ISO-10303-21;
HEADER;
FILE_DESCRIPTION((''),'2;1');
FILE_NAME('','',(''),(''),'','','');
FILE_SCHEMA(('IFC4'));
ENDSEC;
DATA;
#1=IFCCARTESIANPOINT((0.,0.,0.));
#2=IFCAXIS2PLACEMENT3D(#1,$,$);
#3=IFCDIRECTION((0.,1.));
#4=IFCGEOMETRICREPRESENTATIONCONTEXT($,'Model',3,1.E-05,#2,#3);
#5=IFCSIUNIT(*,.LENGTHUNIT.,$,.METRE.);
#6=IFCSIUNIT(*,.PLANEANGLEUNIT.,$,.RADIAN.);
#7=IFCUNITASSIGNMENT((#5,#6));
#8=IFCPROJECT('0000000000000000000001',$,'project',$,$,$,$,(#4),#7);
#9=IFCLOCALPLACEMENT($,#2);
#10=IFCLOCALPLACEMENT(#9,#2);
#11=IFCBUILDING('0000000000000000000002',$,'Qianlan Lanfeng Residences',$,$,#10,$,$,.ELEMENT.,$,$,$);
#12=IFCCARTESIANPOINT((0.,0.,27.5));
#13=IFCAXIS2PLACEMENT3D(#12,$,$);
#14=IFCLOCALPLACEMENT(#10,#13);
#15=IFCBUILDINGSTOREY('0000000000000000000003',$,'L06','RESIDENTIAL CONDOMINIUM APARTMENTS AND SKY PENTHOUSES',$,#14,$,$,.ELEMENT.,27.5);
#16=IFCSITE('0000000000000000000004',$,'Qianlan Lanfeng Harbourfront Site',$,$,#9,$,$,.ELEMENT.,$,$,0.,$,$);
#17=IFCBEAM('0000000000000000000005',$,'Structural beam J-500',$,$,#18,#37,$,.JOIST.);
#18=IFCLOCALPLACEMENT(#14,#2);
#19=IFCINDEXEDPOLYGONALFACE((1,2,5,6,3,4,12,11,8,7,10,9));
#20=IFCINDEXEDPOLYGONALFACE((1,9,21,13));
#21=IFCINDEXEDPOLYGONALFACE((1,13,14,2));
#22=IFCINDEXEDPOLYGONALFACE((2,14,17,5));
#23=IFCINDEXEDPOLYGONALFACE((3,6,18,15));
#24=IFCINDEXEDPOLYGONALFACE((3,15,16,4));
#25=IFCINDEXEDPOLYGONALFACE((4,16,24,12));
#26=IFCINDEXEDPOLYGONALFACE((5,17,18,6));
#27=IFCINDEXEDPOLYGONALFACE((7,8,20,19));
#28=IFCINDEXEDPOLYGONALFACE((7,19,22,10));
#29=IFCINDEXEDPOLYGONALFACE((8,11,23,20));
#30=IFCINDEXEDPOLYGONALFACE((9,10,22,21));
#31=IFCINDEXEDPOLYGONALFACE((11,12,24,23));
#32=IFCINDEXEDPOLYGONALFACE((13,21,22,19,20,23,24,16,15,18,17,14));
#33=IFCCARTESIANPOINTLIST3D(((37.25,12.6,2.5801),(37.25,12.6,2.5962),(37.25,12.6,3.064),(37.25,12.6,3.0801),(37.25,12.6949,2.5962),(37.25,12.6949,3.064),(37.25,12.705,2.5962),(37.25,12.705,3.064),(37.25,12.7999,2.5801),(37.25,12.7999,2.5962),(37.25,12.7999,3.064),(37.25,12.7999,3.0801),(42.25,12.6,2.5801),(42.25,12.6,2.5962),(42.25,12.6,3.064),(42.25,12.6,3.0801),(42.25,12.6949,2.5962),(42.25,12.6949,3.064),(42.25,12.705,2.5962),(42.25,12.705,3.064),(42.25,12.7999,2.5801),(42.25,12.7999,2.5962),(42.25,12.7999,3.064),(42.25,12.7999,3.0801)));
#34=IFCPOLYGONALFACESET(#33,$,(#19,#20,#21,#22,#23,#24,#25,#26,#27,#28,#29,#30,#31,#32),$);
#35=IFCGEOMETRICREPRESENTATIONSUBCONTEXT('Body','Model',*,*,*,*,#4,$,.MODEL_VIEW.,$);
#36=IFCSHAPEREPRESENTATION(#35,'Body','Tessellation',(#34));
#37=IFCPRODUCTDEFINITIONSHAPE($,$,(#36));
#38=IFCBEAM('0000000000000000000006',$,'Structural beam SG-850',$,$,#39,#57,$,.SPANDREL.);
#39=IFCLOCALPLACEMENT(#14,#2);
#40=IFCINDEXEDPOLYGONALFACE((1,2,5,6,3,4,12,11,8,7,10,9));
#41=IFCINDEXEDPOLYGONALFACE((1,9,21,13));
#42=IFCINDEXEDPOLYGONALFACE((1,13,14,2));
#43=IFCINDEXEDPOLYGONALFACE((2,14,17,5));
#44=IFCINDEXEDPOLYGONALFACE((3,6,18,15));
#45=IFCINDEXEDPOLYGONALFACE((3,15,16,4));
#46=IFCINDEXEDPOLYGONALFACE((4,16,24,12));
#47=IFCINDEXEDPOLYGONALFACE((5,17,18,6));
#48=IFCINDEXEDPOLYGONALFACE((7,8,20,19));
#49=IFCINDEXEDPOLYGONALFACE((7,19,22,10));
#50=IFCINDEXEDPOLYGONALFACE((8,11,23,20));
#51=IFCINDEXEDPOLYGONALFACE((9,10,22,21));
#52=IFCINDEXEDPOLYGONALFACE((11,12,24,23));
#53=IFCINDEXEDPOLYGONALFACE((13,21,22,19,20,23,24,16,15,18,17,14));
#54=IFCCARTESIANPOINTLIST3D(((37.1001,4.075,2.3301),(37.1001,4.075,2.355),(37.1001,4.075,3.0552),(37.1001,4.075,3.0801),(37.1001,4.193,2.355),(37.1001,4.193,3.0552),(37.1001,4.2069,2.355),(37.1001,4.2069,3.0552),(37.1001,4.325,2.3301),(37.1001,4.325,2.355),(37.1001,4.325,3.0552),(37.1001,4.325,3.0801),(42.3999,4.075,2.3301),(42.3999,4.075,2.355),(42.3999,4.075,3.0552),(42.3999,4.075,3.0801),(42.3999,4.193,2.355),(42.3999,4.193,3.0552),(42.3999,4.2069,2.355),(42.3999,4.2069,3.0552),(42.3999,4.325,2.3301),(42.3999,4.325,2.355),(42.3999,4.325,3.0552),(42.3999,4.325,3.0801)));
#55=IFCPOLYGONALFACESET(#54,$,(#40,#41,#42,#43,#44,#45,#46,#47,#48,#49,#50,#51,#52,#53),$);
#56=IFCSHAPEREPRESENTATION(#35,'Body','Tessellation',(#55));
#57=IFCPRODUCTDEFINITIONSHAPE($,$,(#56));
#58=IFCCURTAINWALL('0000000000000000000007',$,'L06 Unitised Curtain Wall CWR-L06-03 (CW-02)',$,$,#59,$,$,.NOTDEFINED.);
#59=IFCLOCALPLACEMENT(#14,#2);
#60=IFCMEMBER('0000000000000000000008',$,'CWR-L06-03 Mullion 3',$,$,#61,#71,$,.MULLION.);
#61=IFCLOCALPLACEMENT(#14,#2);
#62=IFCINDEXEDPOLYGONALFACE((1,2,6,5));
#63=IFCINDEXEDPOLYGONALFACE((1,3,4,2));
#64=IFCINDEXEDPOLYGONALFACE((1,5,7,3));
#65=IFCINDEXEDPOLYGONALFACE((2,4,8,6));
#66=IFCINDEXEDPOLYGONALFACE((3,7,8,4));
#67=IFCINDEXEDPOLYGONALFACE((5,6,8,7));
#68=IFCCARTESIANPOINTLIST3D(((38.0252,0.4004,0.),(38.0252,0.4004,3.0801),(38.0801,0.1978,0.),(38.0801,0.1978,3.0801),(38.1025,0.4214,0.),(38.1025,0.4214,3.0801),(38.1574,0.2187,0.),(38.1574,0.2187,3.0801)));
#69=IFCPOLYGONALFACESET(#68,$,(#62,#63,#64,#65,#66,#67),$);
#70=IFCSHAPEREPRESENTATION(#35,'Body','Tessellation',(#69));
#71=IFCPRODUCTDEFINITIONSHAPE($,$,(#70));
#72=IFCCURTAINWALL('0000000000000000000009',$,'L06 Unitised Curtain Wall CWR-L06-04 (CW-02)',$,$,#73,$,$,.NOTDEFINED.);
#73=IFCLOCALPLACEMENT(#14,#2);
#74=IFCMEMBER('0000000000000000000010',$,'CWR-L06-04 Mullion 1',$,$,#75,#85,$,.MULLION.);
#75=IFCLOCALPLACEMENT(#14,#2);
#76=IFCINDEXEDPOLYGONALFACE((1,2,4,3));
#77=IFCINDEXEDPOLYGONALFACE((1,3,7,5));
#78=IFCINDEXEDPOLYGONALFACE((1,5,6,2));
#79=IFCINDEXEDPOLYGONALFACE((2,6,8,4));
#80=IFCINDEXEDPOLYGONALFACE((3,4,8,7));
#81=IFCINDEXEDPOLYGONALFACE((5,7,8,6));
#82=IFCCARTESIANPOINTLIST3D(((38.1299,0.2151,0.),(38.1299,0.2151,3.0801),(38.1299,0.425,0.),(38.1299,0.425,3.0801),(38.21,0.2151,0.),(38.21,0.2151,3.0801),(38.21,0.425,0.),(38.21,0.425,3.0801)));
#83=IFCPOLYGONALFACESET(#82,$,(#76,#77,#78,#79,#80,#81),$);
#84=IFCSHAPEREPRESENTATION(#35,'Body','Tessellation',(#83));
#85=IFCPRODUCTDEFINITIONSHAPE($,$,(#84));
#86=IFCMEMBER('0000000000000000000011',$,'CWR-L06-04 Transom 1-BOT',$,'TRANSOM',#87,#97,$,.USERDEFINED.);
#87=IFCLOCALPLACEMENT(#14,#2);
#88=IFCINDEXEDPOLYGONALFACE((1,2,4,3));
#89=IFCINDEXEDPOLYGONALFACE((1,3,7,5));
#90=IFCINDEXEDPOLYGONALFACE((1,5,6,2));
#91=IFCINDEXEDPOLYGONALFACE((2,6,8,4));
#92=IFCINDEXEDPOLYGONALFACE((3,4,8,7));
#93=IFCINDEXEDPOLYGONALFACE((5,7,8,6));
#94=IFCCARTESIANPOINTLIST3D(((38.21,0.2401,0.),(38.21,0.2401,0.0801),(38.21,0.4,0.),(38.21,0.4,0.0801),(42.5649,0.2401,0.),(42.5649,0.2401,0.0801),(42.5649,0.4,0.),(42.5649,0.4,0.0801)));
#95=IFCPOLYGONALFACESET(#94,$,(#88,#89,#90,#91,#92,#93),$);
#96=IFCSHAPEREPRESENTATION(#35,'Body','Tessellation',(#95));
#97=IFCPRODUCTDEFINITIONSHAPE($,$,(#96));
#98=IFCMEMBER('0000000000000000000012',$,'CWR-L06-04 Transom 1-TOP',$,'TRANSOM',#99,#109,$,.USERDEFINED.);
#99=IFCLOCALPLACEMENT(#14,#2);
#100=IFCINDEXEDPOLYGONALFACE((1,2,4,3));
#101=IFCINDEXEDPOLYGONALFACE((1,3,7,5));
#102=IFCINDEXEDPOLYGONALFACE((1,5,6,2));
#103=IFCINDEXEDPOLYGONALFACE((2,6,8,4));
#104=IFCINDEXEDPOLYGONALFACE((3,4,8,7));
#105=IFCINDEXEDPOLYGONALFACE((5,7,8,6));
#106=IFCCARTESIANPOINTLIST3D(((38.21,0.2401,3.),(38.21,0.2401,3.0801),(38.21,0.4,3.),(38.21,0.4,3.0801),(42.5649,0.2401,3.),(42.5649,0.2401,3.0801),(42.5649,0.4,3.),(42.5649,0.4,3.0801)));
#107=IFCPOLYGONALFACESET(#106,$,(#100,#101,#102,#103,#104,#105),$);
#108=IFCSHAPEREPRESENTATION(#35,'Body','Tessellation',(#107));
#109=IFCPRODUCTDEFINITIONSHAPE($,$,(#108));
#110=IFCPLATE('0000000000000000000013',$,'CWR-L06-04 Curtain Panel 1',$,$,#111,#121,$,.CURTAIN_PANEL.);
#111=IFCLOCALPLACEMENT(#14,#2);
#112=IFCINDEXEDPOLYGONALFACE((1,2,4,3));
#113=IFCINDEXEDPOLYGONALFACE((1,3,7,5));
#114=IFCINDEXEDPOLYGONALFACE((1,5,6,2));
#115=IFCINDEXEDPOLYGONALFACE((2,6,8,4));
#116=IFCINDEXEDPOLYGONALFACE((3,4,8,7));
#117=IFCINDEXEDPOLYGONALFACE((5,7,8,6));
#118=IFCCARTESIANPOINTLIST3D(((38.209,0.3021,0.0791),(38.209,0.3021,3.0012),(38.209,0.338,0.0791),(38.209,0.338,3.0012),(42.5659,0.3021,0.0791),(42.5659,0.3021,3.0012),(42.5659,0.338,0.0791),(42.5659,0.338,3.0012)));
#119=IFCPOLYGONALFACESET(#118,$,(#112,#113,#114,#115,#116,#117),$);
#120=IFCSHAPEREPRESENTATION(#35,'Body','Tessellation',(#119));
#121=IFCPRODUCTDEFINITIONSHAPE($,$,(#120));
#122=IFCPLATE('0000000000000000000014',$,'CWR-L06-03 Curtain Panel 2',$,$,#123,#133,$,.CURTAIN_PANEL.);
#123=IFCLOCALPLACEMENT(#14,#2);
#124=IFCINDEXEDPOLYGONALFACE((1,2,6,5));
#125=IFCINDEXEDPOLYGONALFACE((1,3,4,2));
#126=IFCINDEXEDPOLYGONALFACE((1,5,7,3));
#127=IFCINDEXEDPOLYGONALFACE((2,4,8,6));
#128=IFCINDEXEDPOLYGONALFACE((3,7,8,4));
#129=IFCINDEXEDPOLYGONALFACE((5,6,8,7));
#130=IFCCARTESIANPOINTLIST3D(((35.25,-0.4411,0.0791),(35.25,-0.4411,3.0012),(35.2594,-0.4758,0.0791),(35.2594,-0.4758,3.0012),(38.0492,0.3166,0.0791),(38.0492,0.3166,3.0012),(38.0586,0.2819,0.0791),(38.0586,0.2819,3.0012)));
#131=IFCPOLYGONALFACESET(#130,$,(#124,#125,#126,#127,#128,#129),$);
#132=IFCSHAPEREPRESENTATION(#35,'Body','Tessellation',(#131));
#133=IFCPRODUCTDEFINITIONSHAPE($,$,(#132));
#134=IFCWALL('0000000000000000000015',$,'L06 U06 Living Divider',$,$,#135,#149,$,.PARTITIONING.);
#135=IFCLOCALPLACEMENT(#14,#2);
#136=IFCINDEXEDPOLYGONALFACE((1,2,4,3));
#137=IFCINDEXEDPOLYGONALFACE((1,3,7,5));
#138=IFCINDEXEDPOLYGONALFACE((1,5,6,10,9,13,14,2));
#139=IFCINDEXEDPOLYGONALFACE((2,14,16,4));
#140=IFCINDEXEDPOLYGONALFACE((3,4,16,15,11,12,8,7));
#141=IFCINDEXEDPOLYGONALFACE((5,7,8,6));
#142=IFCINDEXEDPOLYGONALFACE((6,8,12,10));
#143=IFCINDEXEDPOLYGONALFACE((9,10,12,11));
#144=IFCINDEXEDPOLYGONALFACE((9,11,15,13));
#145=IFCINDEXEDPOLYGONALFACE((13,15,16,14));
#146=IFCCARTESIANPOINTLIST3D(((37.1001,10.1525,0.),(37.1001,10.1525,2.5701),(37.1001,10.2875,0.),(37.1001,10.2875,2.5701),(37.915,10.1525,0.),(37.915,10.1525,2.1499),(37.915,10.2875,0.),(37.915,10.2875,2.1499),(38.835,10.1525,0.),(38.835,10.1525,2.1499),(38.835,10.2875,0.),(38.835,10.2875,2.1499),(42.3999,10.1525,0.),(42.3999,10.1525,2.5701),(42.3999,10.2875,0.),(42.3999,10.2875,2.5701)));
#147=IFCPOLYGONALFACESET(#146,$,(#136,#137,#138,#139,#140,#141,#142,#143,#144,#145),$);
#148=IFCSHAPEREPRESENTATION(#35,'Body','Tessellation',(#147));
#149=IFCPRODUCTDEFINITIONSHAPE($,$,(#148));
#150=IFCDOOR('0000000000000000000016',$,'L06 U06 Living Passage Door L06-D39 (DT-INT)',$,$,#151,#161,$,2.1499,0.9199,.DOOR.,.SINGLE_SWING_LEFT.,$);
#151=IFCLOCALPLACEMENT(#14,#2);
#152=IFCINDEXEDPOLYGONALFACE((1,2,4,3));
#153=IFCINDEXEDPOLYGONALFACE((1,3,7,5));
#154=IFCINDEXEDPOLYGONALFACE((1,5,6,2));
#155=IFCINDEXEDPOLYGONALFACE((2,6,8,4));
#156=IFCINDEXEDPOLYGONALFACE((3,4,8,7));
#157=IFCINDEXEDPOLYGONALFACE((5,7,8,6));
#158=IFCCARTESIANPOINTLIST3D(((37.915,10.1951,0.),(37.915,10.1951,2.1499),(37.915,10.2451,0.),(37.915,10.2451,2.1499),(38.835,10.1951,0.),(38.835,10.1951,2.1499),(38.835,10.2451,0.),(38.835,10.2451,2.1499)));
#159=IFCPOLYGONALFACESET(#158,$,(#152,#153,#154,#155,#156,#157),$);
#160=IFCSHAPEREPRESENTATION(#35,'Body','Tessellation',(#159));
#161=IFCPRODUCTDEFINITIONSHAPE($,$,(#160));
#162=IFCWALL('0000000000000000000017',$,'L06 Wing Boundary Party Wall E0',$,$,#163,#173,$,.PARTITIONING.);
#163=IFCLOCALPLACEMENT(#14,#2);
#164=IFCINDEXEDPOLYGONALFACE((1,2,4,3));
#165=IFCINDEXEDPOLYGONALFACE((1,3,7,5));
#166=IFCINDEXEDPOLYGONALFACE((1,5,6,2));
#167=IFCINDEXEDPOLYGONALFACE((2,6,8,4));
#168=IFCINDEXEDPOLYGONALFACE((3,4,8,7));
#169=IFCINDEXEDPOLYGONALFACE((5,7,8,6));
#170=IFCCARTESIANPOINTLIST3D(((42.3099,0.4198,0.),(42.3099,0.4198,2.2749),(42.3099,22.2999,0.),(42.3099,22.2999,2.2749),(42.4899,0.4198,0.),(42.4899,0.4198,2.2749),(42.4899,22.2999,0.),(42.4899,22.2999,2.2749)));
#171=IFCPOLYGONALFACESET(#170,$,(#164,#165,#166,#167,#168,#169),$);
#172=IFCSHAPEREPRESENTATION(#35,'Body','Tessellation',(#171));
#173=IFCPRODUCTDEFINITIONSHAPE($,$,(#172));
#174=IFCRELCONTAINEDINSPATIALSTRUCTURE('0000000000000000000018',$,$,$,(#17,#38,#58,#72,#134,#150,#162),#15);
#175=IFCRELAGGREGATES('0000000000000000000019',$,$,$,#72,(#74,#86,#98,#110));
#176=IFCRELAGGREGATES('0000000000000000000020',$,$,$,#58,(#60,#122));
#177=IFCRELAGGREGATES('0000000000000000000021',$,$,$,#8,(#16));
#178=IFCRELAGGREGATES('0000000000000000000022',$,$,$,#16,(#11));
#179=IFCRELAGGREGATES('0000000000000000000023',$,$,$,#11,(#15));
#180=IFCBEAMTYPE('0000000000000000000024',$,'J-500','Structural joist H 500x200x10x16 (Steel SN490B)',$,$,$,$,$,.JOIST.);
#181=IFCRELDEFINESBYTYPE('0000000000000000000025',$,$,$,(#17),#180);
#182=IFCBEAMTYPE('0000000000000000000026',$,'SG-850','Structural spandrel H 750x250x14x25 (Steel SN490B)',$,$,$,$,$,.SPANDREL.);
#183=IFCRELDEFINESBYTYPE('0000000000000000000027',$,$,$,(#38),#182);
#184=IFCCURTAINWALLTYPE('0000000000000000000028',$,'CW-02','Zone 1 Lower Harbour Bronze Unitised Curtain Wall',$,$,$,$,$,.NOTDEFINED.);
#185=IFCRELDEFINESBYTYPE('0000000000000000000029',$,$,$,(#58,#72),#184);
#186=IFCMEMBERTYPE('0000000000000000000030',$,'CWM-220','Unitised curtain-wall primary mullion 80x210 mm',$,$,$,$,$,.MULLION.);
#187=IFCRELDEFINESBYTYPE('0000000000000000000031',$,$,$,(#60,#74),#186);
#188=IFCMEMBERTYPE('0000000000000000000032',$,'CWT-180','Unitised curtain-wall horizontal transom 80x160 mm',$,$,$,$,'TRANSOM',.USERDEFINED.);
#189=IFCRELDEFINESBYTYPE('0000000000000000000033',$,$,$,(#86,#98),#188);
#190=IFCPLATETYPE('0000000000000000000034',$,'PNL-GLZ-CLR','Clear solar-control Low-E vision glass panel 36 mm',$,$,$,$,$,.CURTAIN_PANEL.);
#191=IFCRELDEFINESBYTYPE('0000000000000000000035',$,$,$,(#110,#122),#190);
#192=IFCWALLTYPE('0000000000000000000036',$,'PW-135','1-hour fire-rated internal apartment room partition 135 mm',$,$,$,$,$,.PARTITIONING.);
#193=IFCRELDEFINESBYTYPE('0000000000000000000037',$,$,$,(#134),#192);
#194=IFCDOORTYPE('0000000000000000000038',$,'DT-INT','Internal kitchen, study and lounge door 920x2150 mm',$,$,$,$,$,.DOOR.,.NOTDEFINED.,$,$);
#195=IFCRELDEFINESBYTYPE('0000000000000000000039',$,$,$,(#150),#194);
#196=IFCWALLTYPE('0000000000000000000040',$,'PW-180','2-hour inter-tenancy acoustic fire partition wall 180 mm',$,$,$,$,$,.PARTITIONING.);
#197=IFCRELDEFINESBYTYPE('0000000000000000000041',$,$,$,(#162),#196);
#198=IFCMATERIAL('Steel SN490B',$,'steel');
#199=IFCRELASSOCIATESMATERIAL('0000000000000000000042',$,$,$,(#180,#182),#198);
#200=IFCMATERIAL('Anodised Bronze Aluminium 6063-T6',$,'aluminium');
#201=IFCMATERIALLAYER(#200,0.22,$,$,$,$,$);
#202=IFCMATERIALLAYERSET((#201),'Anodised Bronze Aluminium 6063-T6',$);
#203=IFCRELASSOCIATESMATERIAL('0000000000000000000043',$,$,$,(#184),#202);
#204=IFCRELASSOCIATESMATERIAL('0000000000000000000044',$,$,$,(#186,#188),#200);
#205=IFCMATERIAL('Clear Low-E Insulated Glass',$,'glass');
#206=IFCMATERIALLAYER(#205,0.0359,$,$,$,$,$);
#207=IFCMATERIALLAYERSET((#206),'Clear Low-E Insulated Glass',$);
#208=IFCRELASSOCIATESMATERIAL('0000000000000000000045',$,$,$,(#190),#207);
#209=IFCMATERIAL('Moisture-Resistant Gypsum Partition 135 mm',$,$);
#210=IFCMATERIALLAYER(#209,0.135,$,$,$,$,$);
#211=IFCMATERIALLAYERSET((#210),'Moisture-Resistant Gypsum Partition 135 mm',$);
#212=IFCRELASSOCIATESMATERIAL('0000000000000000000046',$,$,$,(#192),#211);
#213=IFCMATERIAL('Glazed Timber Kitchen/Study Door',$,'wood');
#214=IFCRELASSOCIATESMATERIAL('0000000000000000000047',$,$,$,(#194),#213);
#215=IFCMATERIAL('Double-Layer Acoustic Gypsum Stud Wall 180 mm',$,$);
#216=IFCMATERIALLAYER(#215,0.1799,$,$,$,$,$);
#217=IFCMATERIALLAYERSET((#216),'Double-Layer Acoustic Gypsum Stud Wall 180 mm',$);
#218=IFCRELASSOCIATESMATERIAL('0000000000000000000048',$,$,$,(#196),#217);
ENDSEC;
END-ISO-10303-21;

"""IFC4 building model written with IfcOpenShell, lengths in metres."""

from ifc_helpers import new_model, si_unit, direction, frame, frame_2d, origin, origin_2d, place, context, subcontext, project, spatial, rectangle, i_section, extrude, source, transform, mapped, material, layer, layer_set, material_profile, profile_set, type_object, element, fill, aggregate, save


model = new_model("IFC4")

# Units and contexts
model_context = context("Model", 3, precision=1e-05, world=origin(), true_north=direction((0.0, 1.0)))
body_context = subcontext(model_context, "Body", "Model", "MODEL_VIEW")
ifc_project = project(units=[si_unit("LENGTHUNIT", "METRE"), si_unit("PLANEANGLEUNIT", "RADIAN")], contexts=[model_context])

# Site, building, storey
site_placement = place(None, origin())
site = spatial("IfcSite", under=ifc_project, at=site_placement, Name="Qianlan Lanfeng Harbourfront Site", CompositionType="ELEMENT", RefElevation=0.0)
building_placement = place(site_placement, origin())
building = spatial("IfcBuilding", under=site, at=building_placement, Name="Qianlan Lanfeng Residences", CompositionType="ELEMENT")
storey_placement = place(building_placement, frame((0.0, 0.0, 27.5)))
storey = spatial("IfcBuildingStorey", under=building, at=storey_placement, Name="L06", Description="RESIDENTIAL CONDOMINIUM APARTMENTS AND SKY PENTHOUSES", CompositionType="ELEMENT", Elevation=27.5)

# Shared definitions
ifc_material_1 = material(Name="Steel SN490B", Category="steel")

# Beams
ifc_material_profile_1 = material_profile(ifc_material_1, i_section(OverallWidth=0.2, OverallDepth=0.5, WebThickness=0.01, FlangeThickness=0.0161, at=origin_2d()), Name="H 500x200x10x16")
ifc_profile_set_1 = profile_set([ifc_material_profile_1], Name="Steel SN490B")
beam_type_1 = type_object("IfcBeamType", Name="J-500", Description="Structural joist H 500x200x10x16 (Steel SN490B)", PredefinedType="JOIST", material=ifc_profile_set_1)
beam_1_placement = place(storey_placement, frame((37.25, 12.7, 2.8301), z_axis=(1.0, 0.0, 0.0), x_axis=(0.0, 1.0, 0.0)))
element("IfcBeam", 1, at=beam_1_placement, inside=storey, type_object=beam_type_1, Name="Structural beam J-500", PredefinedType="JOIST", context=body_context, shape_type="SweptSolid", body=[
    extrude(i_section(OverallWidth=0.2, OverallDepth=0.5, WebThickness=0.01, FlangeThickness=0.0161, at=origin_2d()), origin(), (0.0, 0.0, 1.0), 5.0),
])
ifc_material_profile_2 = material_profile(ifc_material_1, i_section(OverallWidth=0.25, OverallDepth=0.75, WebThickness=0.0139, FlangeThickness=0.0249, at=origin_2d()), Name="H 750x250x14x25")
ifc_profile_set_2 = profile_set([ifc_material_profile_2], Name="Steel SN490B")
beam_type_2 = type_object("IfcBeamType", Name="SG-850", Description="Structural spandrel H 750x250x14x25 (Steel SN490B)", PredefinedType="SPANDREL", material=ifc_profile_set_2)
beam_2_placement = place(storey_placement, frame((37.1001, 4.2, 2.7051), z_axis=(1.0, 0.0, 0.0), x_axis=(0.0, 1.0, 0.0)))
element("IfcBeam", 2, at=beam_2_placement, inside=storey, type_object=beam_type_2, Name="Structural beam SG-850", PredefinedType="SPANDREL", context=body_context, shape_type="SweptSolid", body=[
    extrude(i_section(OverallWidth=0.25, OverallDepth=0.75, WebThickness=0.0139, FlangeThickness=0.0249, at=origin_2d()), origin(), (0.0, 0.0, 1.0), 5.2998),
])

# Curtain wall, member
ifc_material_2 = material(Name="Anodised Bronze Aluminium 6063-T6", Category="aluminium")
ifc_layer_1 = layer(ifc_material_2, 0.22)
ifc_layer_set_1 = layer_set([ifc_layer_1], Name="Anodised Bronze Aluminium 6063-T6")
curtain_wall_type = type_object("IfcCurtainWallType", Name="CW-02", Description="Zone 1 Lower Harbour Bronze Unitised Curtain Wall", PredefinedType="NOTDEFINED", material=ifc_layer_set_1)
curtain_wall_1_placement = place(storey_placement, origin())
curtain_wall_1 = element("IfcCurtainWall", 3, at=curtain_wall_1_placement, inside=storey, type_object=curtain_wall_type, Name="L06 Unitised Curtain Wall CWR-L06-03 (CW-02)", PredefinedType="NOTDEFINED")
ifc_material_profile_3 = material_profile(ifc_material_2, rectangle(XDim=0.0801, YDim=0.21, at=origin_2d()), Name="ALU MULLION 80x210")
ifc_profile_set_3 = profile_set([ifc_material_profile_3], Name="Anodised Bronze Aluminium 6063-T6")
member_type_1 = type_object("IfcMemberType", Name="CWM-220", Description="Unitised curtain-wall primary mullion 80x210 mm", PredefinedType="MULLION", material=ifc_profile_set_3)
shared_shape_1 = source(origin(), body_context, "Body", "SweptSolid", [
    extrude(rectangle(XDim=0.0801, YDim=0.21, at=origin_2d()), origin(), (0.0, 0.0, 1.0), 3.0801),
])
member_1_placement = place(storey_placement, frame((38.0913, 0.3096, 0.0), z_axis=(0.0, 0.0, 1.0), x_axis=(0.965263, 0.261281, 0.0)))
member_1 = element("IfcMember", 4, at=member_1_placement, type_object=member_type_1, Name="CWR-L06-03 Mullion 3", PredefinedType="MULLION", context=body_context, shape_type="MappedRepresentation", body=[
    mapped(shared_shape_1, transform((0.0, 0.0, 0.0), scale=1.0)),
])

# Curtain wall, members, plate
curtain_wall_2_placement = place(storey_placement, origin())
curtain_wall_2 = element("IfcCurtainWall", 5, at=curtain_wall_2_placement, inside=storey, type_object=curtain_wall_type, Name="L06 Unitised Curtain Wall CWR-L06-04 (CW-02)", PredefinedType="NOTDEFINED")
member_2_placement = place(storey_placement, frame((38.1699, 0.3201, 0.0), z_axis=(0.0, 0.0, 1.0), x_axis=(1.0, 0.0, 0.0)))
member_2 = element("IfcMember", 6, at=member_2_placement, type_object=member_type_1, Name="CWR-L06-04 Mullion 1", PredefinedType="MULLION", context=body_context, shape_type="MappedRepresentation", body=[
    mapped(shared_shape_1, transform((0.0, 0.0, 0.0), scale=1.0)),
])
ifc_material_profile_4 = material_profile(ifc_material_2, rectangle(XDim=0.0801, YDim=0.1599, at=origin_2d()), Name="ALU TRANSOM 80x160")
ifc_profile_set_4 = profile_set([ifc_material_profile_4], Name="Anodised Bronze Aluminium 6063-T6")
member_type_2 = type_object("IfcMemberType", Name="CWT-180", Description="Unitised curtain-wall horizontal transom 80x160 mm", ElementType="TRANSOM", PredefinedType="USERDEFINED", material=ifc_profile_set_4)
shared_shape_2 = source(origin(), body_context, "Body", "SweptSolid", [
    extrude(rectangle(XDim=0.0801, YDim=0.1599, at=origin_2d()), origin(), (0.0, 0.0, 1.0), 4.355),
])
member_3_placement = place(storey_placement, frame((38.21, 0.3201, 0.04), z_axis=(1.0, 0.0, 0.0), x_axis=(0.0, 0.0, 1.0)))
member_3 = element("IfcMember", 7, at=member_3_placement, type_object=member_type_2, Name="CWR-L06-04 Transom 1-BOT", ObjectType="TRANSOM", PredefinedType="USERDEFINED", context=body_context, shape_type="MappedRepresentation", body=[
    mapped(shared_shape_2, transform((0.0, 0.0, 0.0), scale=1.0)),
])
member_4_placement = place(storey_placement, frame((38.21, 0.3201, 3.04), z_axis=(1.0, 0.0, 0.0), x_axis=(0.0, 0.0, 1.0)))
member_4 = element("IfcMember", 8, at=member_4_placement, type_object=member_type_2, Name="CWR-L06-04 Transom 1-TOP", ObjectType="TRANSOM", PredefinedType="USERDEFINED", context=body_context, shape_type="MappedRepresentation", body=[
    mapped(shared_shape_2, transform((0.0, 0.0, 0.0), scale=1.0)),
])
ifc_material_3 = material(Name="Clear Low-E Insulated Glass", Category="glass")
ifc_layer_2 = layer(ifc_material_3, 0.0359)
ifc_layer_set_2 = layer_set([ifc_layer_2], Name="Clear Low-E Insulated Glass")
plate_type = type_object("IfcPlateType", Name="PNL-GLZ-CLR", Description="Clear solar-control Low-E vision glass panel 36 mm", PredefinedType="CURTAIN_PANEL", material=ifc_layer_set_2)
shared_shape_3 = source(origin(), body_context, "Body", "SweptSolid", [
    extrude(rectangle(XDim=4.3569, YDim=0.0359, at=origin_2d()), origin(), (0.0, 0.0, 1.0), 2.9221),
])
plate_1_placement = place(storey_placement, frame((40.3875, 0.3201, 0.0791), z_axis=(0.0, 0.0, 1.0), x_axis=(1.0, 0.0, 0.0)))
plate_1 = element("IfcPlate", 9, at=plate_1_placement, type_object=plate_type, Name="CWR-L06-04 Curtain Panel 1", PredefinedType="CURTAIN_PANEL", context=body_context, shape_type="MappedRepresentation", body=[
    mapped(shared_shape_3, transform((0.0, 0.0, 0.0), scale=1.0)),
])
aggregate(curtain_wall_2, [member_2, member_3, member_4, plate_1])

# Plate
shared_shape_4 = source(origin(), body_context, "Body", "SweptSolid", [
    extrude(rectangle(XDim=2.8999, YDim=0.0359, at=origin_2d()), origin(), (0.0, 0.0, 1.0), 2.9221),
])
plate_2_placement = place(storey_placement, frame((36.6543, -0.0796, 0.0791), z_axis=(0.0, 0.0, 1.0), x_axis=(0.965263, 0.261281, 0.0)))
plate_2 = element("IfcPlate", 10, at=plate_2_placement, type_object=plate_type, Name="CWR-L06-03 Curtain Panel 2", PredefinedType="CURTAIN_PANEL", context=body_context, shape_type="MappedRepresentation", body=[
    mapped(shared_shape_4, transform((0.0, 0.0, 0.0), scale=1.0)),
])
aggregate(curtain_wall_1, [member_1, plate_2])

# Wall, opening, door
ifc_material_4 = material(Name="Moisture-Resistant Gypsum Partition 135 mm")
ifc_layer_3 = layer(ifc_material_4, 0.135)
ifc_layer_set_3 = layer_set([ifc_layer_3], Name="Moisture-Resistant Gypsum Partition 135 mm")
wall_type_1 = type_object("IfcWallType", Name="PW-135", Description="1-hour fire-rated internal apartment room partition 135 mm", PredefinedType="PARTITIONING", material=ifc_layer_set_3)
wall_1_placement = place(storey_placement, frame((37.1001, 10.22, 0.0), z_axis=(0.0, 0.0, 1.0), x_axis=(1.0, 0.0, 0.0)))
wall_1 = element("IfcWall", 11, at=wall_1_placement, inside=storey, type_object=wall_type_1, Name="L06 U06 Living Divider", PredefinedType="PARTITIONING", context=body_context, shape_type="SweptSolid", body=[
    extrude(rectangle(XDim=5.2998, YDim=0.135, at=frame_2d((2.6499, 0.0))), origin(), (0.0, 0.0, 1.0), 2.5701),
])
opening_1_placement = place(wall_1_placement, frame((0.8149, 0.0, 0.0)))
opening_1 = element("IfcOpeningElement", 12, at=opening_1_placement, cuts=wall_1, PredefinedType="OPENING", context=body_context, shape_type="SweptSolid", body=[
    extrude(rectangle(XDim=0.9199, YDim=2.1499, at=frame_2d((0.46, 1.075))), frame((0.0, 0.0776, 0.0), z_axis=(0.0, -1.0, 0.0), x_axis=(1.0, 0.0, 0.0)), (0.0, 0.0, 1.0), 0.155),
])
ifc_material_5 = material(Name="Glazed Timber Kitchen/Study Door", Category="wood")
door_type_1 = type_object("IfcDoorType", Name="DT-INT", Description="Internal kitchen, study and lounge door 920x2150 mm", OperationType="NOTDEFINED", PredefinedType="DOOR", material=ifc_material_5)
door_1_placement = place(opening_1_placement, frame((0.9199, 0.0, 0.0), z_axis=(0.0, 0.0, 1.0), x_axis=(-1.0, 0.0, 0.0)))
door_1 = element("IfcDoor", 13, at=door_1_placement, inside=storey, type_object=door_type_1, Name="L06 U06 Living Passage Door L06-D39 (DT-INT)", OperationType="SINGLE_SWING_LEFT", OverallHeight=2.1499, OverallWidth=0.9199, PredefinedType="DOOR", context=body_context, shape_type="SweptSolid", body=[
    extrude(rectangle(XDim=0.9199, YDim=2.1499, at=frame_2d((0.46, 1.075))), frame((0.0, 0.0249, 0.0), z_axis=(0.0, -1.0, 0.0), x_axis=(1.0, 0.0, 0.0)), (0.0, 0.0, 1.0), 0.05),
])
fill(opening_1, door_1)

# Wall
ifc_material_6 = material(Name="Double-Layer Acoustic Gypsum Stud Wall 180 mm")
ifc_layer_4 = layer(ifc_material_6, 0.1799)
ifc_layer_set_4 = layer_set([ifc_layer_4], Name="Double-Layer Acoustic Gypsum Stud Wall 180 mm")
wall_type_2 = type_object("IfcWallType", Name="PW-180", Description="2-hour inter-tenancy acoustic fire partition wall 180 mm", PredefinedType="PARTITIONING", material=ifc_layer_set_4)
wall_2_placement = place(storey_placement, frame((42.3999, 0.4199, 0.0), z_axis=(0.0, 0.0, 1.0), x_axis=(0.0, 1.0, 0.0)))
element("IfcWall", 14, at=wall_2_placement, inside=storey, type_object=wall_type_2, Name="L06 Wing Boundary Party Wall E0", PredefinedType="PARTITIONING", context=body_context, shape_type="SweptSolid", body=[
    extrude(rectangle(XDim=21.8801, YDim=0.1799, at=frame_2d((10.9399, 0.0))), origin(), (0.0, 0.0, 1.0), 2.2749),
])

save(model, "model.ifc")
